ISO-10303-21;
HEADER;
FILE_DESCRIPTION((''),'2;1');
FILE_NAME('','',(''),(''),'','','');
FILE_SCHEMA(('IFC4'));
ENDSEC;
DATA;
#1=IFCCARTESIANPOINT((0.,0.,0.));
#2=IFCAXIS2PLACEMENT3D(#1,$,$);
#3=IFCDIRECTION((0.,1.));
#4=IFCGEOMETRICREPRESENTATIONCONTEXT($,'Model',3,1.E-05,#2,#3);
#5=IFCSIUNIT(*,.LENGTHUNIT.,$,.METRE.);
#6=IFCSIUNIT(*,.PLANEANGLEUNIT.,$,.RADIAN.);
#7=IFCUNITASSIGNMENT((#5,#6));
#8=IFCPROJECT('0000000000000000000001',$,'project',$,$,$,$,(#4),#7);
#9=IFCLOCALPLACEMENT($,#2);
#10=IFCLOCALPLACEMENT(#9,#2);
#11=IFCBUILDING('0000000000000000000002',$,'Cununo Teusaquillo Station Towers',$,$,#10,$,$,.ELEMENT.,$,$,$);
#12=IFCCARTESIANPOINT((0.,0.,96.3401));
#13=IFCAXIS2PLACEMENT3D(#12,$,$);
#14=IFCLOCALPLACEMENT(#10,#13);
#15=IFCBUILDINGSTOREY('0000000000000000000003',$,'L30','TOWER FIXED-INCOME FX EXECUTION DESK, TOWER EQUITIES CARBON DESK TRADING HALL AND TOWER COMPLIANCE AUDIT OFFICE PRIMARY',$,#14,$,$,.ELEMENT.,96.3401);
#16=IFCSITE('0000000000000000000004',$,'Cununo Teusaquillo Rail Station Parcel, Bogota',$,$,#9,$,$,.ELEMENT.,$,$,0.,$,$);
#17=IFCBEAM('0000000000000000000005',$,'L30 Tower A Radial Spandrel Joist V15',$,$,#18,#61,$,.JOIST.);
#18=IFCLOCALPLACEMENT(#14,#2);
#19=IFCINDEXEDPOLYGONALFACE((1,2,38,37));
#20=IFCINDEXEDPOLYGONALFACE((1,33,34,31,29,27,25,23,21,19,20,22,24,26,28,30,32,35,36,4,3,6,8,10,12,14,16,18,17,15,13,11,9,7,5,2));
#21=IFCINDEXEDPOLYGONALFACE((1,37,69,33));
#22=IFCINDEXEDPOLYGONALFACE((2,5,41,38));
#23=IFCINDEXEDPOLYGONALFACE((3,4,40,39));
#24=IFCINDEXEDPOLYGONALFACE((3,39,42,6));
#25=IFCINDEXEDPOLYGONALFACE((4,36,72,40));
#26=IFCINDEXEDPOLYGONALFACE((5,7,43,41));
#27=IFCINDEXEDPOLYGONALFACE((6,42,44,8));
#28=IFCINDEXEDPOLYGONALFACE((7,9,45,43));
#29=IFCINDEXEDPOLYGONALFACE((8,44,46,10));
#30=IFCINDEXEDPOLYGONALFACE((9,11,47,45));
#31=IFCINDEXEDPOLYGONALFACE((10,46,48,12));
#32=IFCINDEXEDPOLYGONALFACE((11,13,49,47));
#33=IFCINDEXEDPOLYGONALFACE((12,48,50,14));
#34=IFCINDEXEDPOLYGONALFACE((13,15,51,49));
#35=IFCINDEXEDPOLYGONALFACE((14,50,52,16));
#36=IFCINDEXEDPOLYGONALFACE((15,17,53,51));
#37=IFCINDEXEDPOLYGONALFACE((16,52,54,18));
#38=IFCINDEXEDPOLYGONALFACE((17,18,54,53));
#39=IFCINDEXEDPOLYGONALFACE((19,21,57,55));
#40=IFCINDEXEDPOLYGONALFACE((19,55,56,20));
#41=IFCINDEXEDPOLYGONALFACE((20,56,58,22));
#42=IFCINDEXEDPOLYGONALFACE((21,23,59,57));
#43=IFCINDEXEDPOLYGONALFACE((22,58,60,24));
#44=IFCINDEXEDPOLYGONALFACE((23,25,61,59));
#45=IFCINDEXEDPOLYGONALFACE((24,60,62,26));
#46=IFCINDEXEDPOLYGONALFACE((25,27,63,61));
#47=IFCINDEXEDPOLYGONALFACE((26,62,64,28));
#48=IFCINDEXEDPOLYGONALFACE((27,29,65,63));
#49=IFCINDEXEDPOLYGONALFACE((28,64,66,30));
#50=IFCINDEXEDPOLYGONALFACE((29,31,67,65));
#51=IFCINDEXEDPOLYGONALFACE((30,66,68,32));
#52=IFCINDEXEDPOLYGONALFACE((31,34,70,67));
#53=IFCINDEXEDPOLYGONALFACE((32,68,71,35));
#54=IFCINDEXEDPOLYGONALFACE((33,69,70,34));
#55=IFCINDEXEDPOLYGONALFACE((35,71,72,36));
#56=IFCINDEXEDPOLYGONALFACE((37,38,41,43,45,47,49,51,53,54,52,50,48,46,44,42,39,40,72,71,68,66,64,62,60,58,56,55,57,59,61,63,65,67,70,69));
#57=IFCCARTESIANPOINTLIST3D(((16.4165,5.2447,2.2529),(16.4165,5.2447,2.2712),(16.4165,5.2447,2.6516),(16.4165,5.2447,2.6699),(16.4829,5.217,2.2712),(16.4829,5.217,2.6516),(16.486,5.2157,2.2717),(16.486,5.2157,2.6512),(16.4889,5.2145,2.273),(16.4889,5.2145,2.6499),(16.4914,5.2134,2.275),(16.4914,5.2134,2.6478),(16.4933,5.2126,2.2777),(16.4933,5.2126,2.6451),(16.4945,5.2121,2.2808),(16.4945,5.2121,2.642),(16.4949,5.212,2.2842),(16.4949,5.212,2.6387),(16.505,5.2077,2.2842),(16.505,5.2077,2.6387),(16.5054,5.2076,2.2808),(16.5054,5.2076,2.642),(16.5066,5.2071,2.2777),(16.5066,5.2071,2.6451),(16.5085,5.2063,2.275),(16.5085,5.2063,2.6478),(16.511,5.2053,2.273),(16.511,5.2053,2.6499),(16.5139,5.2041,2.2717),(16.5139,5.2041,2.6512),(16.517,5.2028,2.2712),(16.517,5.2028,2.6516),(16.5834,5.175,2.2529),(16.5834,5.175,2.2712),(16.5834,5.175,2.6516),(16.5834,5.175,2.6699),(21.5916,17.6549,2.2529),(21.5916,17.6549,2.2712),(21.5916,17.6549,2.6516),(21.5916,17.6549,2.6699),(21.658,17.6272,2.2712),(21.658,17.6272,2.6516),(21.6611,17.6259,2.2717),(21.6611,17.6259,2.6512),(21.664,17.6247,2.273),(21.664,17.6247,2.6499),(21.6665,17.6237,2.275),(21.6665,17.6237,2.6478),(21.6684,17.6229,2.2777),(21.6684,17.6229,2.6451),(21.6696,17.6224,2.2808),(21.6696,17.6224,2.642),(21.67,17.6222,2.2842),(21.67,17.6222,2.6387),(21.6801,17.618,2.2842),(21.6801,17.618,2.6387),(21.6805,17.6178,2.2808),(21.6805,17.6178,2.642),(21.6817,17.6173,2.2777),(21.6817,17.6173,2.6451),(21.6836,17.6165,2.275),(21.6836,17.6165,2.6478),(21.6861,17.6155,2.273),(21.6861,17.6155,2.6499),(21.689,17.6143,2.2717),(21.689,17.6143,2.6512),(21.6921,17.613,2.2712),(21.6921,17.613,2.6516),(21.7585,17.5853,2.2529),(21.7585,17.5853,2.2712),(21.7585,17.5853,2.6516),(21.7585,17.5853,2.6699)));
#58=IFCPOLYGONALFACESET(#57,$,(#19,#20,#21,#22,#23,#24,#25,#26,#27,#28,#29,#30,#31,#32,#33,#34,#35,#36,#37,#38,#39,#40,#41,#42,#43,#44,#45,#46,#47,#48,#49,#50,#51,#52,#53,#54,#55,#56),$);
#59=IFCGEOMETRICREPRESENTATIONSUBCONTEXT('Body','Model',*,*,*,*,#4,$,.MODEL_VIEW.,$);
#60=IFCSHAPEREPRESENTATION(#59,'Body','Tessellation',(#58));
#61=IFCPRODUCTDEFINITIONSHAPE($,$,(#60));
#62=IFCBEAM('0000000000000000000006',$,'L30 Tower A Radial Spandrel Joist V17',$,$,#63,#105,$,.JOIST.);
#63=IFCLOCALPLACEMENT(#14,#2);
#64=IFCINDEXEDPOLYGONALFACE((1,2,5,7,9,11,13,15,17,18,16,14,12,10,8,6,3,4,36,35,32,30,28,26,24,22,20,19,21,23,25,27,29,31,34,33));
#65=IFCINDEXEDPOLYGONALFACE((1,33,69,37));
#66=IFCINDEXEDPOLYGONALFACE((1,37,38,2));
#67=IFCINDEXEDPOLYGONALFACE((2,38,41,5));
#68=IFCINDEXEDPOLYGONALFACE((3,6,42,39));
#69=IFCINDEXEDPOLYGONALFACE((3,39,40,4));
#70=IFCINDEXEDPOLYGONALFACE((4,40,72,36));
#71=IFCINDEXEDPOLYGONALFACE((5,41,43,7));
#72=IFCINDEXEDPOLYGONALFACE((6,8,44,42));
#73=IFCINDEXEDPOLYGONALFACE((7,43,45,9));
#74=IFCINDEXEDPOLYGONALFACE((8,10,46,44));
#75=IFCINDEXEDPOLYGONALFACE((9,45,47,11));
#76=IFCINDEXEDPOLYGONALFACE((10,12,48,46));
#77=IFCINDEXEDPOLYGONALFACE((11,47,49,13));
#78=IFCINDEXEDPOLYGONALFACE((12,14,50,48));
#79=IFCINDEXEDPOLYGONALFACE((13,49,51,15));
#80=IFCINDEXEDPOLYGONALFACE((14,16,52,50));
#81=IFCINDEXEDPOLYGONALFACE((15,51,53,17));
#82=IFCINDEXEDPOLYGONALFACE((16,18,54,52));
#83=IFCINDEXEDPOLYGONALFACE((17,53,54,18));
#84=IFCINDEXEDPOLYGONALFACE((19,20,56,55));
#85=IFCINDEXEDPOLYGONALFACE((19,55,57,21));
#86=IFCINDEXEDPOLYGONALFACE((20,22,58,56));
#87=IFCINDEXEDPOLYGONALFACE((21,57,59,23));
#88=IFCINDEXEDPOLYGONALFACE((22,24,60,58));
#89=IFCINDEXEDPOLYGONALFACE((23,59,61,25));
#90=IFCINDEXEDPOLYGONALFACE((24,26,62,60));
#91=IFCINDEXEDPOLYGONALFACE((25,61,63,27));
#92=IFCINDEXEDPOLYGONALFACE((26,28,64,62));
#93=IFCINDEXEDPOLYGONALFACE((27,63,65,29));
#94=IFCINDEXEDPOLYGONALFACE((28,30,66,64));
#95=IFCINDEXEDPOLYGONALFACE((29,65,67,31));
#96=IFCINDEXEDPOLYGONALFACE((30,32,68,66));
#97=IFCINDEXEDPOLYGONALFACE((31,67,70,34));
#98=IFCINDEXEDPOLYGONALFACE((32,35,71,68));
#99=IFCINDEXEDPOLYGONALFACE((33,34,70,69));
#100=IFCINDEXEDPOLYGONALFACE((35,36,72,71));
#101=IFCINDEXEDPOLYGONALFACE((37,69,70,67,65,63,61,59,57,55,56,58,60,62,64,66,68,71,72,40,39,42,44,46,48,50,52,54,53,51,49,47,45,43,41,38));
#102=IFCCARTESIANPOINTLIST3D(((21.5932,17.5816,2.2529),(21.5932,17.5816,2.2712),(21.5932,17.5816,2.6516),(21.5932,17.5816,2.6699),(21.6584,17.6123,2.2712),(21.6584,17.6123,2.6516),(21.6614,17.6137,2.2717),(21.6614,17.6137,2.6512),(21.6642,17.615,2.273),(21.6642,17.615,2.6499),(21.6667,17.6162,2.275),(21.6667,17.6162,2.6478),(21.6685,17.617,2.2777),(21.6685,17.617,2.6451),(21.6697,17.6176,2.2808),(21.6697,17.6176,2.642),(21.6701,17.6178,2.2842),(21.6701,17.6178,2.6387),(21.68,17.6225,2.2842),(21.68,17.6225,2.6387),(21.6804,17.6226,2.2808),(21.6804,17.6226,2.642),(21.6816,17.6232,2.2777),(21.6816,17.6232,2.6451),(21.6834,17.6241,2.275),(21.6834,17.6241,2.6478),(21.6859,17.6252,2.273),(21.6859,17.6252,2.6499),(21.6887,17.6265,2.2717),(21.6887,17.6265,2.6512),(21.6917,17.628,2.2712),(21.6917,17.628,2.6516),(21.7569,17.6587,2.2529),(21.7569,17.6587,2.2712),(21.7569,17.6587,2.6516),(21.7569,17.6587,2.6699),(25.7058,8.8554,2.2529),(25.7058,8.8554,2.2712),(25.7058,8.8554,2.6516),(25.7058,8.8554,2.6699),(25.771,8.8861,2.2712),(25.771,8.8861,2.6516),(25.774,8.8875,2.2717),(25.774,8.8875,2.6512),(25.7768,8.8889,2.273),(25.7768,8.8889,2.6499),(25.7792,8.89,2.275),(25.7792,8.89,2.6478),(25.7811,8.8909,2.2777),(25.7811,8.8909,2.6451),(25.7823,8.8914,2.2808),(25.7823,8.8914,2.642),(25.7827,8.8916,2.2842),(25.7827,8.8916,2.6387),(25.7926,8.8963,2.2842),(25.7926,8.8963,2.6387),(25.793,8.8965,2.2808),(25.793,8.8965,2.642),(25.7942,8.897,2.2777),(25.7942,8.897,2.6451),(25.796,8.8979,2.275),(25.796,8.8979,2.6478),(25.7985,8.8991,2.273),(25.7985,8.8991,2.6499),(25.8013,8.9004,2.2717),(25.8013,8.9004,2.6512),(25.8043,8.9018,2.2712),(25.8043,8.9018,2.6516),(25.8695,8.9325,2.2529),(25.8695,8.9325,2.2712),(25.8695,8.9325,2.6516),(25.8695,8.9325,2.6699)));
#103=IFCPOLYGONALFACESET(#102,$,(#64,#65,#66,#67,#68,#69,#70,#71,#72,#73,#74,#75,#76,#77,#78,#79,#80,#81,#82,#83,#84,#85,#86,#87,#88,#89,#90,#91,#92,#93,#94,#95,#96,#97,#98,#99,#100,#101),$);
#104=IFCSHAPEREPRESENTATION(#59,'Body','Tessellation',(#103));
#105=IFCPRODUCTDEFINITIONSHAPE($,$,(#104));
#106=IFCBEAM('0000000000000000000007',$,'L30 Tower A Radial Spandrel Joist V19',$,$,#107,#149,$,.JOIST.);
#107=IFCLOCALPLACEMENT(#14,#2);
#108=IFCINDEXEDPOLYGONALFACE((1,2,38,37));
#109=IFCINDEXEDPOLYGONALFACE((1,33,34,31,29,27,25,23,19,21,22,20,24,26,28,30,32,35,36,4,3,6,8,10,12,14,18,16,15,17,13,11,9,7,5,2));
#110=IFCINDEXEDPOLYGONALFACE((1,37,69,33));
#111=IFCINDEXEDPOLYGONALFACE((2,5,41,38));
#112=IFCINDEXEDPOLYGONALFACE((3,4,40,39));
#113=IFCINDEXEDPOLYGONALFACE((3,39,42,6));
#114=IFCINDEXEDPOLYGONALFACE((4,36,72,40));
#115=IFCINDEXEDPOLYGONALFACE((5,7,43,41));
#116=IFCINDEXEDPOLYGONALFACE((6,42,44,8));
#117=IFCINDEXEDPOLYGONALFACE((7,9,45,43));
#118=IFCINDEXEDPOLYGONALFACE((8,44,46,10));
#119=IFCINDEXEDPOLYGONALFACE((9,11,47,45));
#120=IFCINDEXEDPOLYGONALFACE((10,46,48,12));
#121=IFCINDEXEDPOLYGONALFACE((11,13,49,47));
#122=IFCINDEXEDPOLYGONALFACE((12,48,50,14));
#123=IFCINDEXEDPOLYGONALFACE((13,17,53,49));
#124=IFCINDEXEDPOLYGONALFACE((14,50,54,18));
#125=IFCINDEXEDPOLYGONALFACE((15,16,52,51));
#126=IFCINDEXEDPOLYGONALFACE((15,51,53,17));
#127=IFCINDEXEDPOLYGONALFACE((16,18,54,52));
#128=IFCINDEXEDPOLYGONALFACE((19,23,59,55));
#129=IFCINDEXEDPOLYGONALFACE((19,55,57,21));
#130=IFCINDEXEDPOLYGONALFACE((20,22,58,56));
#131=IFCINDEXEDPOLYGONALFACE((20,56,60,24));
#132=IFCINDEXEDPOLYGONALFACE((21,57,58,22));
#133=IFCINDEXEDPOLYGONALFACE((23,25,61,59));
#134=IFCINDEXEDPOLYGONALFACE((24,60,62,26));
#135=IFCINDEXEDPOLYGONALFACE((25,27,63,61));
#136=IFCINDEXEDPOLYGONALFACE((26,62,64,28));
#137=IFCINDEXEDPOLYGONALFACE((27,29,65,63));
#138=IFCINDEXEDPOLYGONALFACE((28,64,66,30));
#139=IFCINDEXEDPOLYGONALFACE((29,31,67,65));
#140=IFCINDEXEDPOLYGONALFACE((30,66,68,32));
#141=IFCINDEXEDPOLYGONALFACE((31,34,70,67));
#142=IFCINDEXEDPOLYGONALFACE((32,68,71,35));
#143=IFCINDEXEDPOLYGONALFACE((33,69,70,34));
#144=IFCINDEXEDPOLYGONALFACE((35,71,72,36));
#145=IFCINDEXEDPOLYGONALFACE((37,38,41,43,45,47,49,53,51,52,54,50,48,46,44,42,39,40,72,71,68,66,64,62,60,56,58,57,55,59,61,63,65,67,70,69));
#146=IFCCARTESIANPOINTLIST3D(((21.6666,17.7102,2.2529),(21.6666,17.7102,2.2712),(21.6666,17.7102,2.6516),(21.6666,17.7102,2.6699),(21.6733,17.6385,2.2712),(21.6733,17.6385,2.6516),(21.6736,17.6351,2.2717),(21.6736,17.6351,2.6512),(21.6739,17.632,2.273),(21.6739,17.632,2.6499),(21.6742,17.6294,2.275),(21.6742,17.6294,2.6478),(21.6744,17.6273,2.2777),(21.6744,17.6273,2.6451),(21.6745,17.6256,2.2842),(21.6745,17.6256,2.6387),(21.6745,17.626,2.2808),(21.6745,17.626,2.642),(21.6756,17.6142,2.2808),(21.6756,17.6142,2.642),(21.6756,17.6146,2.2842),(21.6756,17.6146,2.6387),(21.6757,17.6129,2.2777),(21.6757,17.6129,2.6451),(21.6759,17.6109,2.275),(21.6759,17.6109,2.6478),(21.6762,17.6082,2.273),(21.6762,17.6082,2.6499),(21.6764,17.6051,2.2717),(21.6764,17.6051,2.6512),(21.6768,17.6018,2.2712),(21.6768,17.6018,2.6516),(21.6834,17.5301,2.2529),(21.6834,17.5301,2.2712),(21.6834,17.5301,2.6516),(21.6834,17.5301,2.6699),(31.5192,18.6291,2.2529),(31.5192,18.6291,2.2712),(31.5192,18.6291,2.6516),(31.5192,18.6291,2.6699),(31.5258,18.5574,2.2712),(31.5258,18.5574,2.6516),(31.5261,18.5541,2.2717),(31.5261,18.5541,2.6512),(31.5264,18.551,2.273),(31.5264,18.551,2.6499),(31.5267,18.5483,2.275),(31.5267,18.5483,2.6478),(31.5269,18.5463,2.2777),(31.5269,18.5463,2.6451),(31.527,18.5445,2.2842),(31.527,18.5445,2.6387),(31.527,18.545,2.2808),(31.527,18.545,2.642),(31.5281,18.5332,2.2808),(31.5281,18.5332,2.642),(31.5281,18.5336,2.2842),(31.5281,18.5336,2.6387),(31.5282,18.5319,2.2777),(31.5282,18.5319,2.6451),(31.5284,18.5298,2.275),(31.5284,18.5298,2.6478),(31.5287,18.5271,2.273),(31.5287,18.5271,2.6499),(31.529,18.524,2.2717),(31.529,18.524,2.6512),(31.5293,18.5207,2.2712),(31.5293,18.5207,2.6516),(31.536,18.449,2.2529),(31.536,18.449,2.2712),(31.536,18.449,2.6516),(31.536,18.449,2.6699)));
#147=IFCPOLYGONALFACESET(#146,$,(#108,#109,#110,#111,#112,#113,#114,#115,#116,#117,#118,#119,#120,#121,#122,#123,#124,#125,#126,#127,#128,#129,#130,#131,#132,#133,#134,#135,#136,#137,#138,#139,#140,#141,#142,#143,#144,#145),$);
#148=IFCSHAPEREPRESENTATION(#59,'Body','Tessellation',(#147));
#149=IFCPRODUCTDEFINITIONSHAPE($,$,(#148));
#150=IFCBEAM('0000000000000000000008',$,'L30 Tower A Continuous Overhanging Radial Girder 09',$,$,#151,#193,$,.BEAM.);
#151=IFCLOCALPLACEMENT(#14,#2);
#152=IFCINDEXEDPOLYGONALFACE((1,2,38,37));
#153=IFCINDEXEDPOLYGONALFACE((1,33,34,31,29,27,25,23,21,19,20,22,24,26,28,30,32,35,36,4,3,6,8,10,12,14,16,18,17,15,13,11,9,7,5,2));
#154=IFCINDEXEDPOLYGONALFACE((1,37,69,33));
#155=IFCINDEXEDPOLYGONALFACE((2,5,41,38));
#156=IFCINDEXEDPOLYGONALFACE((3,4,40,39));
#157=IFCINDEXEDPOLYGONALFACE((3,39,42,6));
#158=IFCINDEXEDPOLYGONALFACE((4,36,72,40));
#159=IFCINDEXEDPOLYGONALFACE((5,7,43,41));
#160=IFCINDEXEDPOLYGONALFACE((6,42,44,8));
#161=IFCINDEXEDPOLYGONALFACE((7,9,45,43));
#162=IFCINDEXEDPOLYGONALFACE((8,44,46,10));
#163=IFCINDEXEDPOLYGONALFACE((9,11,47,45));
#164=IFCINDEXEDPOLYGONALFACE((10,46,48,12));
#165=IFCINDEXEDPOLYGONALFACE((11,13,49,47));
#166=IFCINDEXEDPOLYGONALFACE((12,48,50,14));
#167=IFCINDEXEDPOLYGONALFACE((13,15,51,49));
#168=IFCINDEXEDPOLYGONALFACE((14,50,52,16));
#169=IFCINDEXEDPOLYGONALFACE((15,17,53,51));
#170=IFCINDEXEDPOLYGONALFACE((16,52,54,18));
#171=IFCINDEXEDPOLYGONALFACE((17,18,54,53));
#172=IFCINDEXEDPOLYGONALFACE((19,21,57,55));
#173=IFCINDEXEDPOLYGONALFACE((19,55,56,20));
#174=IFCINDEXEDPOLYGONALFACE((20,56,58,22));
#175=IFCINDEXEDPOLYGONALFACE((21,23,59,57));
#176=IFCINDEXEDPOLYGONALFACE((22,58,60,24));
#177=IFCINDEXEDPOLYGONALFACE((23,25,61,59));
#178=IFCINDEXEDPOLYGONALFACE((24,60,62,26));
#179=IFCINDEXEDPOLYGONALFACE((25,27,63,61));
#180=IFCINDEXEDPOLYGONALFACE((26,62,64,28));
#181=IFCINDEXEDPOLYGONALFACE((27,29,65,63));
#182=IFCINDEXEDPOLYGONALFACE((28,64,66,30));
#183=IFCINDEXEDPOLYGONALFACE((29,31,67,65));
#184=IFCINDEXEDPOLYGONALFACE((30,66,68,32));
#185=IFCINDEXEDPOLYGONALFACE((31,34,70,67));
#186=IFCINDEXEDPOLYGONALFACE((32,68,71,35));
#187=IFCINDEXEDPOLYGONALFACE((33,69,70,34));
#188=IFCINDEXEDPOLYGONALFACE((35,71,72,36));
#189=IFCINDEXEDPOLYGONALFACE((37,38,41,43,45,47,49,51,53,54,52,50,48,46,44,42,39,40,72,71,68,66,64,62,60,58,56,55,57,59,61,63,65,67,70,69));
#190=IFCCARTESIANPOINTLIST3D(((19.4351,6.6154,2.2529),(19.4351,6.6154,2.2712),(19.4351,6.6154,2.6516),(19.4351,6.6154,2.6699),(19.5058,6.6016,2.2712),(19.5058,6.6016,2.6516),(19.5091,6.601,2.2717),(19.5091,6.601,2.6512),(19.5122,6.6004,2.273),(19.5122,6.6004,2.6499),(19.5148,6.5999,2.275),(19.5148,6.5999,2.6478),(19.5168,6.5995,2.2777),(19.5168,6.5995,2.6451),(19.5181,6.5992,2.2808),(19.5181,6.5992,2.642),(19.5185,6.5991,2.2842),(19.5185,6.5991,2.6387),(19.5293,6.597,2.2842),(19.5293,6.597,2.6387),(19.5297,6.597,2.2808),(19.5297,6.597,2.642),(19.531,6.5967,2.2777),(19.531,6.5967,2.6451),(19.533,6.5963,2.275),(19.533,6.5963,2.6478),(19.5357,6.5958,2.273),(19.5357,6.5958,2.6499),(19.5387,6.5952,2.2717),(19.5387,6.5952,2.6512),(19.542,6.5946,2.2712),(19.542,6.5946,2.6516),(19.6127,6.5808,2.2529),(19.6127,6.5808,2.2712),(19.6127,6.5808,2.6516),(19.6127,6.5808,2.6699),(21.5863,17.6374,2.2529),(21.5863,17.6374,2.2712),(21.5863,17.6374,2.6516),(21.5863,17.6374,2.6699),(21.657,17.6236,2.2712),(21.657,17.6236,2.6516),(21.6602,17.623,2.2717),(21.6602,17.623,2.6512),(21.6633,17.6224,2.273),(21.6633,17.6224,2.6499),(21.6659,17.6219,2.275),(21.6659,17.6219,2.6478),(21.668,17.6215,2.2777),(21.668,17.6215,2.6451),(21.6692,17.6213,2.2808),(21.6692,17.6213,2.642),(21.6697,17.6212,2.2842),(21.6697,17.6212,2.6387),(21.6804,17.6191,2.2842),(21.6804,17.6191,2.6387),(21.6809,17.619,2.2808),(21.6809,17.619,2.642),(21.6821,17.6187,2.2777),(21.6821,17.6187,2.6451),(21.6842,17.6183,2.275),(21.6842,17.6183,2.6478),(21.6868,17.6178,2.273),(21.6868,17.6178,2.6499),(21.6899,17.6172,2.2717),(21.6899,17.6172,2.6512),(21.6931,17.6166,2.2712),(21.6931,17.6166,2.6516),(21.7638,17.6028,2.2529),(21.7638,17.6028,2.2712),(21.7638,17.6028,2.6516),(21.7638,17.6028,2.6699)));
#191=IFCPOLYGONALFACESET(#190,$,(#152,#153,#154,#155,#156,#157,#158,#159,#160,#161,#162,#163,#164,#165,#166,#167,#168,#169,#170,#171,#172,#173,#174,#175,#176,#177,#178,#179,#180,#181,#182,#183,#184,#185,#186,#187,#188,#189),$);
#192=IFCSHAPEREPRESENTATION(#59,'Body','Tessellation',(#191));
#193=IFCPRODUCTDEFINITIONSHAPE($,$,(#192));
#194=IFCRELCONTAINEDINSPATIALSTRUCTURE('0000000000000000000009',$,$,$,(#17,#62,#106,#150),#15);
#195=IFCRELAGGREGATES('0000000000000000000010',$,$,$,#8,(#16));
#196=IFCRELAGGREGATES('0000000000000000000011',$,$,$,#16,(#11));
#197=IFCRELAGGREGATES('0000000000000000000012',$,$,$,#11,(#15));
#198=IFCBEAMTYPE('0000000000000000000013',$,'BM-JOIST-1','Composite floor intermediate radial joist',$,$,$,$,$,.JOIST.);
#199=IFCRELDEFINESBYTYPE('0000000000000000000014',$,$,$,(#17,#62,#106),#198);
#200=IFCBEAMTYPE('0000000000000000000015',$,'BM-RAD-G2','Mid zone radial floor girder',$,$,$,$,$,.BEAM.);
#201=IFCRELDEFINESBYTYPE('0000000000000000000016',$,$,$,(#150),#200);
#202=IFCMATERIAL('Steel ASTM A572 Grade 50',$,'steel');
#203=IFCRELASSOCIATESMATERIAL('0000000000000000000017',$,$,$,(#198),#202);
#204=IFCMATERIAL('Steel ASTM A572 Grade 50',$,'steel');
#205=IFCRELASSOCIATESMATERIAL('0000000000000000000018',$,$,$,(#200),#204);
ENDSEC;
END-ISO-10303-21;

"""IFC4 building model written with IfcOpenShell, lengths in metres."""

from ifc_helpers import new_model, si_unit, direction, frame, origin, origin_2d, place, context, subcontext, project, spatial, i_section, extrude, material, material_profile, profile_set, type_object, element, save


model = new_model("IFC4")

# Units and contexts
model_context = context("Model", 3, precision=1e-05, world=origin(), true_north=direction((0.0, 1.0)))
body_context = subcontext(model_context, "Body", "Model", "MODEL_VIEW")
ifc_project = project(units=[si_unit("LENGTHUNIT", "METRE"), si_unit("PLANEANGLEUNIT", "RADIAN")], contexts=[model_context])

# Site, building, storey
site_placement = place(None, origin())
site = spatial("IfcSite", under=ifc_project, at=site_placement, Name="Cununo Teusaquillo Rail Station Parcel, Bogota", CompositionType="ELEMENT", RefElevation=0.0)
building_placement = place(site_placement, origin())
building = spatial("IfcBuilding", under=site, at=building_placement, Name="Cununo Teusaquillo Station Towers", CompositionType="ELEMENT")
storey_placement = place(building_placement, frame((0.0, 0.0, 96.3401)))
storey = spatial("IfcBuildingStorey", under=building, at=storey_placement, Name="L30", Description="TOWER FIXED-INCOME FX EXECUTION DESK, TOWER EQUITIES CARBON DESK TRADING HALL AND TOWER COMPLIANCE AUDIT OFFICE PRIMARY", CompositionType="ELEMENT", Elevation=96.3401)

# Beams
ifc_material_1 = material(Name="Steel ASTM A572 Grade 50", Category="steel")
ifc_material_profile_1 = material_profile(ifc_material_1, i_section(OverallWidth=0.1809, OverallDepth=0.417, WebThickness=0.011, FlangeThickness=0.0183, FilletRadius=0.0129, at=origin_2d()), Name="W16X57")
ifc_profile_set_1 = profile_set([ifc_material_profile_1], Name="Steel ASTM A572 Grade 50")
beam_type_1 = type_object("IfcBeamType", Name="BM-JOIST-1", Description="Composite floor intermediate radial joist", PredefinedType="JOIST", material=ifc_profile_set_1)
beam_1_placement = place(storey_placement, frame((21.675, 17.6201, 2.4614), z_axis=(-0.384878, -0.922967, 0.0), x_axis=(0.922967, -0.384878, 0.0)))
element("IfcBeam", 1, at=beam_1_placement, inside=storey, type_object=beam_type_1, Name="L30 Tower A Radial Spandrel Joist V15", PredefinedType="JOIST", context=body_context, shape_type="SweptSolid", body=[
    extrude(i_section(OverallWidth=0.1809, OverallDepth=0.417, WebThickness=0.011, FlangeThickness=0.0183, FilletRadius=0.0129, at=origin_2d()), origin(), (0.0, 0.0, 1.0), 13.446),
])
beam_2_placement = place(storey_placement, frame((21.675, 17.6201, 2.4614), z_axis=(0.42632, -0.904572, 0.0), x_axis=(0.904572, 0.42632, 0.0)))
element("IfcBeam", 2, at=beam_2_placement, inside=storey, type_object=beam_type_1, Name="L30 Tower A Radial Spandrel Joist V17", PredefinedType="JOIST", context=body_context, shape_type="SweptSolid", body=[
    extrude(i_section(OverallWidth=0.1809, OverallDepth=0.417, WebThickness=0.011, FlangeThickness=0.0183, FilletRadius=0.0129, at=origin_2d()), origin(), (0.0, 0.0, 1.0), 9.6467),
])
beam_3_placement = place(storey_placement, frame((21.675, 17.6201, 2.4614), z_axis=(0.995679, 0.092867, 0.0), x_axis=(-0.092867, 0.995679, 0.0)))
element("IfcBeam", 3, at=beam_3_placement, inside=storey, type_object=beam_type_1, Name="L30 Tower A Radial Spandrel Joist V19", PredefinedType="JOIST", context=body_context, shape_type="SweptSolid", body=[
    extrude(i_section(OverallWidth=0.1809, OverallDepth=0.417, WebThickness=0.011, FlangeThickness=0.0183, FilletRadius=0.0129, at=origin_2d()), origin(), (0.0, 0.0, 1.0), 9.8953),
])
ifc_material_2 = material(Name="Steel ASTM A572 Grade 50", Category="steel")
ifc_material_profile_2 = material_profile(ifc_material_2, i_section(OverallWidth=0.1809, OverallDepth=0.417, WebThickness=0.011, FlangeThickness=0.0183, FilletRadius=0.0129, at=origin_2d()), Name="W16X57")
ifc_profile_set_2 = profile_set([ifc_material_profile_2], Name="Steel ASTM A572 Grade 50")
beam_type_2 = type_object("IfcBeamType", Name="BM-RAD-G2", Description="Mid zone radial floor girder", PredefinedType="BEAM", material=ifc_profile_set_2)
beam_4_placement = place(storey_placement, frame((21.675, 17.6201, 2.4614), z_axis=(-0.191553, -0.981482, 0.0), x_axis=(0.981482, -0.191553, 0.0)))
element("IfcBeam", 4, at=beam_4_placement, inside=storey, type_object=beam_type_2, Name="L30 Tower A Continuous Overhanging Radial Girder 09", PredefinedType="BEAM", context=body_context, shape_type="SweptSolid", body=[
    extrude(i_section(OverallWidth=0.1809, OverallDepth=0.417, WebThickness=0.011, FlangeThickness=0.0183, FilletRadius=0.0129, at=origin_2d()), origin(), (0.0, 0.0, 1.0), 11.23),
])

save(model, "model.ifc")
